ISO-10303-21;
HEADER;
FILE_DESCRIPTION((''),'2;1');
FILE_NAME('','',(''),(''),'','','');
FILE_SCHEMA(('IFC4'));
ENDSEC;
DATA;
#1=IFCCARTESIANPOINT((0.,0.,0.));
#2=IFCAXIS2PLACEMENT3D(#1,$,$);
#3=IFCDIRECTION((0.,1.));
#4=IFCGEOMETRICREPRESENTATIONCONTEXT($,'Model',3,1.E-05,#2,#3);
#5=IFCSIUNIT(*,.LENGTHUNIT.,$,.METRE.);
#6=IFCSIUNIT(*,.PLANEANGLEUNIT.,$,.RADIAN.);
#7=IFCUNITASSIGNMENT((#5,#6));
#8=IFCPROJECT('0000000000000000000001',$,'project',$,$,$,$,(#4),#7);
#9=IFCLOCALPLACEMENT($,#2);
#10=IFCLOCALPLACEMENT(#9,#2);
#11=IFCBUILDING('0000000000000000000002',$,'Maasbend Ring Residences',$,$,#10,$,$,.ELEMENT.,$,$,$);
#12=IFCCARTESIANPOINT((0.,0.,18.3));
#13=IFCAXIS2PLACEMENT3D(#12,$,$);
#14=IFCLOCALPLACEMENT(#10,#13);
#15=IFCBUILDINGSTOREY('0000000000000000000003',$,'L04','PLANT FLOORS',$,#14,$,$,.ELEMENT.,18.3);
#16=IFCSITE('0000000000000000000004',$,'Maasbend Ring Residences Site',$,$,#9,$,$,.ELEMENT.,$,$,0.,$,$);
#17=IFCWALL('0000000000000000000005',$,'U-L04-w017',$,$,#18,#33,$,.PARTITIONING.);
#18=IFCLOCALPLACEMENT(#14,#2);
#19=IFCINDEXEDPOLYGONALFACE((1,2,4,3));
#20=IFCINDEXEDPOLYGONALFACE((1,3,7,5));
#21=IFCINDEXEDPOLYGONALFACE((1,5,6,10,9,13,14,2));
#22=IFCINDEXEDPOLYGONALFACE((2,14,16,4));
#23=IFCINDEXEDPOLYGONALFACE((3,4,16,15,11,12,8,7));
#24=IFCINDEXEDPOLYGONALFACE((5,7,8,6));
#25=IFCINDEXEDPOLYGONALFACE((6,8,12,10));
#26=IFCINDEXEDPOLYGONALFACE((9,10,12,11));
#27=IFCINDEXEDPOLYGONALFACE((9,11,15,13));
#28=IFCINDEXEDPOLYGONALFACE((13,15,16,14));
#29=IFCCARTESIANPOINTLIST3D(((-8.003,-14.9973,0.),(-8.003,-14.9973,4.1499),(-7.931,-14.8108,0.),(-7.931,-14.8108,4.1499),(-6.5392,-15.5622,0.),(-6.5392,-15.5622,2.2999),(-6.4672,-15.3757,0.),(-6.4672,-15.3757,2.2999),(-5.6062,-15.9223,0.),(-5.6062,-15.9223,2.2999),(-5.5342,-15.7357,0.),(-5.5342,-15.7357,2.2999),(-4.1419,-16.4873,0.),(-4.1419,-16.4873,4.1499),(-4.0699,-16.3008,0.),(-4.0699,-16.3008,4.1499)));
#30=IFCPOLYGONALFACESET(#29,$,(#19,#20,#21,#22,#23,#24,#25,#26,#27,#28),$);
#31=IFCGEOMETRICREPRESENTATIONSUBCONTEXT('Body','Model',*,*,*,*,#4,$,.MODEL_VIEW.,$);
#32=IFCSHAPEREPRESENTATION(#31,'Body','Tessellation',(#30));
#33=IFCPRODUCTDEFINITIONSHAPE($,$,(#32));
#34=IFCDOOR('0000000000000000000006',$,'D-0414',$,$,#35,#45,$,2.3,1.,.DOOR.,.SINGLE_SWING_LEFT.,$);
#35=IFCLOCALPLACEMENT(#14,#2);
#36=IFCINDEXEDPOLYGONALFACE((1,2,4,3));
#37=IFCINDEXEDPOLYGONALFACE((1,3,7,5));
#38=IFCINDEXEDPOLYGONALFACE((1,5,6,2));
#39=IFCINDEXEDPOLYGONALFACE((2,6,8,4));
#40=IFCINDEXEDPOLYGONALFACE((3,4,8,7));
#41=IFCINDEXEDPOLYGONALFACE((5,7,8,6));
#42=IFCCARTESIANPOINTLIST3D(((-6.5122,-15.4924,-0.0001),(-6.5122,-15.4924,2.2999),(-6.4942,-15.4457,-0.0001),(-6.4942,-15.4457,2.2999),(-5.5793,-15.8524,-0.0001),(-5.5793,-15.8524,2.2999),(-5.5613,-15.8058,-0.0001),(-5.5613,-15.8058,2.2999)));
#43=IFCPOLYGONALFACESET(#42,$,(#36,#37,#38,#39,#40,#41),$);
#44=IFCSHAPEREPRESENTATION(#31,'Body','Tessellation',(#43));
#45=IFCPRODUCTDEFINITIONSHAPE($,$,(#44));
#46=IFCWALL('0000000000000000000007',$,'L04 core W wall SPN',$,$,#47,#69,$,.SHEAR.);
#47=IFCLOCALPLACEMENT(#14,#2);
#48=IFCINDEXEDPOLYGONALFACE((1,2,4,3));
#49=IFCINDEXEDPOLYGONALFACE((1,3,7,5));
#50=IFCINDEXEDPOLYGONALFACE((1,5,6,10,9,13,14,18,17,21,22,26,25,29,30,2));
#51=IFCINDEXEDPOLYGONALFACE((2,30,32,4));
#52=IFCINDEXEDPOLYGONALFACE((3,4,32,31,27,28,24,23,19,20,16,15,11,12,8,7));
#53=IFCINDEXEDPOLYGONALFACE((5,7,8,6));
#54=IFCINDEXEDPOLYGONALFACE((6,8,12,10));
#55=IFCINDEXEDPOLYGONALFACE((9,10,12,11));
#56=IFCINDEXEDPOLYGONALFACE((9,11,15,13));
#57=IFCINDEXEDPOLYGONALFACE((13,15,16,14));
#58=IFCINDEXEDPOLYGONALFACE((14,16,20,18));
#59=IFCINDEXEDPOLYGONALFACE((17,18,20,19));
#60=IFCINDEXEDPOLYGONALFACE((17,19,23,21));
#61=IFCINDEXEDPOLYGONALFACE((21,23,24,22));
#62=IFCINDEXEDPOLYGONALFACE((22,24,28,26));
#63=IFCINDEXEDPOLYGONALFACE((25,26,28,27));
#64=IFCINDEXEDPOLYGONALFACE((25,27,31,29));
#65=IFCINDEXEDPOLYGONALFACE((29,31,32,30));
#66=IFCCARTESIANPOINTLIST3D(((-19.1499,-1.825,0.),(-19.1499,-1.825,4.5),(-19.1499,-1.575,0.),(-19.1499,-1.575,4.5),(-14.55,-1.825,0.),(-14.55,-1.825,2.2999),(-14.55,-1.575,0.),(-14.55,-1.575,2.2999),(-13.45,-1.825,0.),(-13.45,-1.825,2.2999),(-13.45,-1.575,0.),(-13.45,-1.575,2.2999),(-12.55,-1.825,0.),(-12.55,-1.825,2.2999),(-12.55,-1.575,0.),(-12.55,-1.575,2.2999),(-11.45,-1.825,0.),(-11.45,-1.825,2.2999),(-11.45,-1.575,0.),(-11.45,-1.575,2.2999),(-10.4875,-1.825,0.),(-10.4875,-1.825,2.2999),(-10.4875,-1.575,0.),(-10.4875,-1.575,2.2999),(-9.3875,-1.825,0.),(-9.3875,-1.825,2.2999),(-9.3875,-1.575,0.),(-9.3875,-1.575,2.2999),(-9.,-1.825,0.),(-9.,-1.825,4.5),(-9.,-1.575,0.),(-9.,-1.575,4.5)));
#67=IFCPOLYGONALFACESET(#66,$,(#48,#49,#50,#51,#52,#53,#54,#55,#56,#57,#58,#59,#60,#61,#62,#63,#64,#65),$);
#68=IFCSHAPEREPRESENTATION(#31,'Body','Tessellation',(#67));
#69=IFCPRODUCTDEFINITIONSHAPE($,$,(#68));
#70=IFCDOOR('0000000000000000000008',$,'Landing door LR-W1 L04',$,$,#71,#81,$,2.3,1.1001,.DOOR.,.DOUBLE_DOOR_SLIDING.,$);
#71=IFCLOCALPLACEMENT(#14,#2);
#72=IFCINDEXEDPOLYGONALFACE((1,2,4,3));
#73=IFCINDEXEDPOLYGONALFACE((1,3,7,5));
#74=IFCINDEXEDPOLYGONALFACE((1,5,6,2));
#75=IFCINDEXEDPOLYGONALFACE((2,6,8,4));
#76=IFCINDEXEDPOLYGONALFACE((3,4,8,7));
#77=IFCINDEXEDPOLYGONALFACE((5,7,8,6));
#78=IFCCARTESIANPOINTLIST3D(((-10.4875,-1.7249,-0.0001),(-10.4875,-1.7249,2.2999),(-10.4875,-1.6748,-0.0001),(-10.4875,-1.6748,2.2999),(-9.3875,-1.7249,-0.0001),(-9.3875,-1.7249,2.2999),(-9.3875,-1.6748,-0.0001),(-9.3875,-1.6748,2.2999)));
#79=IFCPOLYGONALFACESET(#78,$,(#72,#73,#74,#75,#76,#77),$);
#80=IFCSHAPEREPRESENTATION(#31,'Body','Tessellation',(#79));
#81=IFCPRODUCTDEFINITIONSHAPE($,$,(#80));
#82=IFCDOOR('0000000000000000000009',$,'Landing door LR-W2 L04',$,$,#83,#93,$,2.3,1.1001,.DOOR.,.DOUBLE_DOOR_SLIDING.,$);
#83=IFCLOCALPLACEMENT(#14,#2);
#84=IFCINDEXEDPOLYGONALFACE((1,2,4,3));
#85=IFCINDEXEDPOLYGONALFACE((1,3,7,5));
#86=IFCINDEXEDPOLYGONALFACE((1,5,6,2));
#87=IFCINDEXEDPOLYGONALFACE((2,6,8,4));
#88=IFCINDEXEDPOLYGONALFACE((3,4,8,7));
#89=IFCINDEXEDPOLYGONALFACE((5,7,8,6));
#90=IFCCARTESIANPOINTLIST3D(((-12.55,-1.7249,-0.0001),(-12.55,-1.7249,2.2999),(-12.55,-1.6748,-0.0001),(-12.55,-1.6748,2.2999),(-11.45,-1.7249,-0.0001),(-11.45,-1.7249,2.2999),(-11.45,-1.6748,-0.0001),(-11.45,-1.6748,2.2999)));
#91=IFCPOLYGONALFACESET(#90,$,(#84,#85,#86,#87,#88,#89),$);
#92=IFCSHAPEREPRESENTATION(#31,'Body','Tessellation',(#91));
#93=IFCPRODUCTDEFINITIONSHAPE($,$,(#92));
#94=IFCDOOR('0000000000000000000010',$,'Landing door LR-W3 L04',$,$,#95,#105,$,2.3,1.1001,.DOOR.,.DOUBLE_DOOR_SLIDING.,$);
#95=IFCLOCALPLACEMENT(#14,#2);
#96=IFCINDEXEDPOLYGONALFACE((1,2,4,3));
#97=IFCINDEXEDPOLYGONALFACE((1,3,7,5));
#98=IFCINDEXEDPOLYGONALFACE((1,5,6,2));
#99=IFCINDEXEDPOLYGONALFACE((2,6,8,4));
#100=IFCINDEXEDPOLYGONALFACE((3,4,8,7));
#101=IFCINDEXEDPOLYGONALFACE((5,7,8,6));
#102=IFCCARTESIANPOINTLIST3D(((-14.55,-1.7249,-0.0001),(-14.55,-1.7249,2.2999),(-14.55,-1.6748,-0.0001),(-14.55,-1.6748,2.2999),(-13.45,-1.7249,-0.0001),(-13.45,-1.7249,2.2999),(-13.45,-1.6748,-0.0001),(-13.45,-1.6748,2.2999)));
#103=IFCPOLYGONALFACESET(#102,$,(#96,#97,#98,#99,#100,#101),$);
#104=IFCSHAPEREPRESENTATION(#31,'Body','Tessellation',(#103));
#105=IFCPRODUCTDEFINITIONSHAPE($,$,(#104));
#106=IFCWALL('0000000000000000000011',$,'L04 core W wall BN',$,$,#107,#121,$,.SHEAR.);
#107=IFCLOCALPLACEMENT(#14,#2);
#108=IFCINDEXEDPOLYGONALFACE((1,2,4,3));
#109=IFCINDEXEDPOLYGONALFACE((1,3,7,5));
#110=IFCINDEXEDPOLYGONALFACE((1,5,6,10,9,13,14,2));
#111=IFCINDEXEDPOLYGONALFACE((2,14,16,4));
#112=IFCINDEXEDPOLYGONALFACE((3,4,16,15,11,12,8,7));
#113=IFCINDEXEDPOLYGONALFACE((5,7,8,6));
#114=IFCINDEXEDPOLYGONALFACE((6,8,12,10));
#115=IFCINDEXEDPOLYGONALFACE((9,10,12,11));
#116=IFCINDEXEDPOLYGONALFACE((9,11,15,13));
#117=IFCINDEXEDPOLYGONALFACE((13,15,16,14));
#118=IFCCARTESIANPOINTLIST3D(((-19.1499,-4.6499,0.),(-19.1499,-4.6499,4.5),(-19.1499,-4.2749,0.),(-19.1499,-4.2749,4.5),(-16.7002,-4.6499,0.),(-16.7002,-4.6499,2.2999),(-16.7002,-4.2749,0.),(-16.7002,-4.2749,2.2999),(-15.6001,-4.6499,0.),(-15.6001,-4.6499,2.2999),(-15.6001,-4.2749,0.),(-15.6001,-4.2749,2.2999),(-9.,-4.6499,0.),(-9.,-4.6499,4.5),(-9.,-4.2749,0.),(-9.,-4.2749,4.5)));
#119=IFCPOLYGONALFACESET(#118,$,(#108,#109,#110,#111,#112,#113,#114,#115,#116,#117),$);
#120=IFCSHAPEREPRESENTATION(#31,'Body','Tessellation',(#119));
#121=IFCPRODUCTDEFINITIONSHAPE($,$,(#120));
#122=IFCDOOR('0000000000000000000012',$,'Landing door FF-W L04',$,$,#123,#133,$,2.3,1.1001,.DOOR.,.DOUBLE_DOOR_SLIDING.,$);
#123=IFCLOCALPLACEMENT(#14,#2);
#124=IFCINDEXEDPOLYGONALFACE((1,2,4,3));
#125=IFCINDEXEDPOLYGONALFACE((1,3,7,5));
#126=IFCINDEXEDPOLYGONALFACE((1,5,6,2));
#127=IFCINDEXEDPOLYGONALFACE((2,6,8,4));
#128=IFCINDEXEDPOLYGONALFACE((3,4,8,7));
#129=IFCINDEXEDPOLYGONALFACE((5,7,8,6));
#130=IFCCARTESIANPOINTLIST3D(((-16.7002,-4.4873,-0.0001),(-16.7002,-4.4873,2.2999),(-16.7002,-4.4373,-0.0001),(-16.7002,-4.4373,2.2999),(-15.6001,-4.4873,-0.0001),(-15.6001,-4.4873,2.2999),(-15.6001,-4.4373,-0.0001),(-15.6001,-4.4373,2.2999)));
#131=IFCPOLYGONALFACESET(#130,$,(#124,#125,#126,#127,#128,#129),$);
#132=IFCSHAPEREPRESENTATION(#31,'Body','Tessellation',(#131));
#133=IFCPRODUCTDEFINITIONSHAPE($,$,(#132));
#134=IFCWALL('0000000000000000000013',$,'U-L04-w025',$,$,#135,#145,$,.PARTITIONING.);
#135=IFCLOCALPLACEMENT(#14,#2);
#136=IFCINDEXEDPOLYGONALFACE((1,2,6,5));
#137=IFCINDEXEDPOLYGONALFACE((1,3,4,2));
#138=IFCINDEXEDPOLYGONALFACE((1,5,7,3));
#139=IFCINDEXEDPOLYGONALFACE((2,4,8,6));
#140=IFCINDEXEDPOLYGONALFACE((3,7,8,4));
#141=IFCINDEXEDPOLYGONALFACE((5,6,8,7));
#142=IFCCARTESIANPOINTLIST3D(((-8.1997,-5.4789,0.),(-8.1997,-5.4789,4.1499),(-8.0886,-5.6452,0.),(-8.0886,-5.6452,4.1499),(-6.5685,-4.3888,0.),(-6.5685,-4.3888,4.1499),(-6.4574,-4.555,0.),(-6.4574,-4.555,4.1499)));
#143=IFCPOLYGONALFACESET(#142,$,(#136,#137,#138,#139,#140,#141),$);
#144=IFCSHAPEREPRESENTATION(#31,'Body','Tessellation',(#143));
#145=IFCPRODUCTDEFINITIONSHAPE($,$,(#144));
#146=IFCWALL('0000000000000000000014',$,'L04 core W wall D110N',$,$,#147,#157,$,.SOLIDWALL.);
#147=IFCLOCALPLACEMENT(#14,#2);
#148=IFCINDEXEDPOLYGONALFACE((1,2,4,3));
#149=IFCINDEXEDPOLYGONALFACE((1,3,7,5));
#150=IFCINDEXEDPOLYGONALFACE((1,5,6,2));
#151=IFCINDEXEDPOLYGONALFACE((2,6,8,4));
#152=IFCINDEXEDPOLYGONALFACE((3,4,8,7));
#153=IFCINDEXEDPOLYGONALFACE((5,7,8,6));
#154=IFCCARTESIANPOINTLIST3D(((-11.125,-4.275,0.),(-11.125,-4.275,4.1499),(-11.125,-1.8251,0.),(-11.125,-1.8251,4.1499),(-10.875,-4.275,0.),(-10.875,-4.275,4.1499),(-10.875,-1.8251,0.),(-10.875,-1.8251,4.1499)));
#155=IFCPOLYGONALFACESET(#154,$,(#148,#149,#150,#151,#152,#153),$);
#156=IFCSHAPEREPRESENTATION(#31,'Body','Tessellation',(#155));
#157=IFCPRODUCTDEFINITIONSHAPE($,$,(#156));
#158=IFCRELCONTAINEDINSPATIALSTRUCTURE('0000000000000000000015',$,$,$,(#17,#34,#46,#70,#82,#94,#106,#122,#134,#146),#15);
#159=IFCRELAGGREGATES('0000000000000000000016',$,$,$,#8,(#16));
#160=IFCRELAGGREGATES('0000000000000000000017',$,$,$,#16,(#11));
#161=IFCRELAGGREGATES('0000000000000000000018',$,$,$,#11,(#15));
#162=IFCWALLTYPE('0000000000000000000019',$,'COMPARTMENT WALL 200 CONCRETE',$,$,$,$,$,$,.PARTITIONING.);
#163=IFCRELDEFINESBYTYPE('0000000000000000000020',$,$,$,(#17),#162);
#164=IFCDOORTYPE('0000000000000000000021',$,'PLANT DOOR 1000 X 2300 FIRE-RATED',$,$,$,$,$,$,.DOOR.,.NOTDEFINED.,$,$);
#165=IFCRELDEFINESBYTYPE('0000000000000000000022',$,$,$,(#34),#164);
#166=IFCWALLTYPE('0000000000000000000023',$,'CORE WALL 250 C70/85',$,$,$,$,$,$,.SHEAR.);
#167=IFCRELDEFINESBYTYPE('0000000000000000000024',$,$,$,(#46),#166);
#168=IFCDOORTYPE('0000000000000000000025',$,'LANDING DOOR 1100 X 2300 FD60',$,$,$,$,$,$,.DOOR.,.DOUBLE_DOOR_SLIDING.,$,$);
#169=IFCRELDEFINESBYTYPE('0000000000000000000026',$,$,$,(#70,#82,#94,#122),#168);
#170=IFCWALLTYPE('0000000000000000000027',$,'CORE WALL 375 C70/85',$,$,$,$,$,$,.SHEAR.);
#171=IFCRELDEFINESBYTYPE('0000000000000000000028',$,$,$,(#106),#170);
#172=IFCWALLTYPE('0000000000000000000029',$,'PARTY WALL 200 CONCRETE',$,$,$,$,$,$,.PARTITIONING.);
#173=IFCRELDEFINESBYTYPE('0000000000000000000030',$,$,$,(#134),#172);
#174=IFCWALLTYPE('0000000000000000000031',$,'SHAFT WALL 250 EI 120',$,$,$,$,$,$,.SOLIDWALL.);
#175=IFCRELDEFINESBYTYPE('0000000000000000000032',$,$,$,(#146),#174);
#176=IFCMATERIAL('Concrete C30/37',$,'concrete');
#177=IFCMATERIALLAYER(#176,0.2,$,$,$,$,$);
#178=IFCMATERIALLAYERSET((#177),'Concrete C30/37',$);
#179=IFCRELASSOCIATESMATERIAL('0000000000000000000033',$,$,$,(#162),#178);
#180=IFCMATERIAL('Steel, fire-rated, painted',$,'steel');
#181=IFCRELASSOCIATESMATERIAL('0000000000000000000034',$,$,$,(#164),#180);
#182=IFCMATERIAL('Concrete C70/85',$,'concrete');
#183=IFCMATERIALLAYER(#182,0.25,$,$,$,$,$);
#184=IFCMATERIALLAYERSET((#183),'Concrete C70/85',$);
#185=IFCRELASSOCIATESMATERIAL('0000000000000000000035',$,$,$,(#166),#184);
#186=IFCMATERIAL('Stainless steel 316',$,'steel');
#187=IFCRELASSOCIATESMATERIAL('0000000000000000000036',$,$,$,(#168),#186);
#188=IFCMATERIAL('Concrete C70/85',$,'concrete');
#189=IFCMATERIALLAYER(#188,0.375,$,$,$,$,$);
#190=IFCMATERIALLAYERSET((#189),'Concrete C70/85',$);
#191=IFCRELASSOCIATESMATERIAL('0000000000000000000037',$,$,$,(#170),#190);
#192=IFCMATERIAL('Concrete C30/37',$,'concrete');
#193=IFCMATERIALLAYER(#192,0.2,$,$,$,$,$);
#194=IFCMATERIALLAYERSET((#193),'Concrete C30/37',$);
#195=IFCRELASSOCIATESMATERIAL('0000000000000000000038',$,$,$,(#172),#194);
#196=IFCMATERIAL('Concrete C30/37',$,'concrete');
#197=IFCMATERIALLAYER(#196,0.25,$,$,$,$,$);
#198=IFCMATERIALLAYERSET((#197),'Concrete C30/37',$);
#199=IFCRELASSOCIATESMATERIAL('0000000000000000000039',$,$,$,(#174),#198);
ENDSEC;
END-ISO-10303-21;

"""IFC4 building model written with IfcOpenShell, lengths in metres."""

from ifc_helpers import new_model, si_unit, direction, frame, frame_2d, origin, place, context, subcontext, project, spatial, rectangle, extrude, material, layer, layer_set, type_object, element, fill, save


model = new_model("IFC4")

# Units and contexts
model_context = context("Model", 3, precision=1e-05, world=origin(), true_north=direction((0.0, 1.0)))
body_context = subcontext(model_context, "Body", "Model", "MODEL_VIEW")
ifc_project = project(units=[si_unit("LENGTHUNIT", "METRE"), si_unit("PLANEANGLEUNIT", "RADIAN")], contexts=[model_context])

# Site, building, storey
site_placement = place(None, origin())
site = spatial("IfcSite", under=ifc_project, at=site_placement, Name="Maasbend Ring Residences Site", CompositionType="ELEMENT", RefElevation=0.0)
building_placement = place(site_placement, origin())
building = spatial("IfcBuilding", under=site, at=building_placement, Name="Maasbend Ring Residences", CompositionType="ELEMENT")
storey_placement = place(building_placement, frame((0.0, 0.0, 18.3)))
storey = spatial("IfcBuildingStorey", under=building, at=storey_placement, Name="L04", Description="PLANT FLOORS", CompositionType="ELEMENT", Elevation=18.3)

# Wall, opening, door
ifc_material_1 = material(Name="Concrete C30/37", Category="concrete")
ifc_layer_1 = layer(ifc_material_1, 0.2)
ifc_layer_set_1 = layer_set([ifc_layer_1], Name="Concrete C30/37")
wall_type_1 = type_object("IfcWallType", Name="COMPARTMENT WALL 200 CONCRETE", PredefinedType="PARTITIONING", material=ifc_layer_set_1)
ifc_material_2 = material(Name="Steel, fire-rated, painted", Category="steel")
door_type_1 = type_object("IfcDoorType", Name="PLANT DOOR 1000 X 2300 FIRE-RATED", OperationType="NOTDEFINED", PredefinedType="DOOR", material=ifc_material_2)
wall_1_placement = place(storey_placement, frame((-7.967, -14.9041, 0.0), z_axis=(0.0, 0.0, 1.0), x_axis=(0.932944, -0.360022, 0.0)))
wall_1 = element("IfcWall", 1, at=wall_1_placement, inside=storey, type_object=wall_type_1, Name="U-L04-w017", PredefinedType="PARTITIONING", context=body_context, shape_type="SweptSolid", body=[
    extrude(rectangle(XDim=4.1387, YDim=0.2, at=frame_2d((2.0693, 0.0))), origin(), (0.0, 0.0, 1.0), 4.1499),
])
opening_1_placement = place(wall_1_placement, frame((1.5691, 0.0, 0.0)))
opening_1 = element("IfcOpeningElement", 2, at=opening_1_placement, cuts=wall_1, PredefinedType="OPENING", context=body_context, shape_type="SweptSolid", body=[
    extrude(rectangle(XDim=1.0, YDim=2.3, at=frame_2d((0.5, 1.1499))), frame((0.0, 0.1099, 0.0), z_axis=(0.0, -1.0, 0.0), x_axis=(1.0, 0.0, 0.0)), (0.0, 0.0, 1.0), 0.22),
])
door_1_placement = place(opening_1_placement, origin())
door_1 = element("IfcDoor", 3, at=door_1_placement, inside=storey, type_object=door_type_1, Name="D-0414", OperationType="SINGLE_SWING_LEFT", OverallHeight=2.3, OverallWidth=1.0, PredefinedType="DOOR", context=body_context, shape_type="SweptSolid", body=[
    extrude(rectangle(XDim=1.0, YDim=2.3, at=frame_2d((0.5, 1.1499))), frame((0.0, 0.0249, 0.0), z_axis=(0.0, -1.0, 0.0), x_axis=(1.0, 0.0, 0.0)), (0.0, 0.0, 1.0), 0.05),
])
fill(opening_1, door_1)

# Wall, openings, doors
ifc_material_3 = material(Name="Concrete C70/85", Category="concrete")
ifc_layer_2 = layer(ifc_material_3, 0.25)
ifc_layer_set_2 = layer_set([ifc_layer_2], Name="Concrete C70/85")
wall_type_2 = type_object("IfcWallType", Name="CORE WALL 250 C70/85", PredefinedType="SHEAR", material=ifc_layer_set_2)
wall_2_placement = place(storey_placement, frame((-9.0, -1.7, 0.0), z_axis=(0.0, 0.0, 1.0), x_axis=(-1.0, 0.0, 0.0)))
wall_2 = element("IfcWall", 4, at=wall_2_placement, inside=storey, type_object=wall_type_2, Name="L04 core W wall SPN", PredefinedType="SHEAR", context=body_context, shape_type="SweptSolid", body=[
    extrude(rectangle(XDim=10.1499, YDim=0.25, at=frame_2d((5.075, 0.0))), origin(), (0.0, 0.0, 1.0), 4.5),
])
opening_2_placement = place(wall_2_placement, frame((0.3875, 0.0, 0.0)))
opening_2 = element("IfcOpeningElement", 5, at=opening_2_placement, cuts=wall_2, PredefinedType="OPENING", context=body_context, shape_type="SweptSolid", body=[
    extrude(rectangle(XDim=1.1001, YDim=2.3, at=frame_2d((0.55, 1.1499))), frame((0.0, 0.135, 0.0), z_axis=(0.0, -1.0, 0.0), x_axis=(1.0, 0.0, 0.0)), (0.0, 0.0, 1.0), 0.27),
])
opening_3_placement = place(wall_2_placement, frame((2.45, 0.0, 0.0)))
opening_3 = element("IfcOpeningElement", 6, at=opening_3_placement, cuts=wall_2, PredefinedType="OPENING", context=body_context, shape_type="SweptSolid", body=[
    extrude(rectangle(XDim=1.1001, YDim=2.3, at=frame_2d((0.55, 1.1499))), frame((0.0, 0.135, 0.0), z_axis=(0.0, -1.0, 0.0), x_axis=(1.0, 0.0, 0.0)), (0.0, 0.0, 1.0), 0.27),
])
opening_4_placement = place(wall_2_placement, frame((4.45, 0.0, 0.0)))
opening_4 = element("IfcOpeningElement", 7, at=opening_4_placement, cuts=wall_2, PredefinedType="OPENING", context=body_context, shape_type="SweptSolid", body=[
    extrude(rectangle(XDim=1.1001, YDim=2.3, at=frame_2d((0.55, 1.1499))), frame((0.0, 0.135, 0.0), z_axis=(0.0, -1.0, 0.0), x_axis=(1.0, 0.0, 0.0)), (0.0, 0.0, 1.0), 0.27),
])
ifc_material_4 = material(Name="Stainless steel 316", Category="steel")
door_type_2 = type_object("IfcDoorType", Name="LANDING DOOR 1100 X 2300 FD60", OperationType="DOUBLE_DOOR_SLIDING", PredefinedType="DOOR", material=ifc_material_4)
door_2_placement = place(opening_2_placement, origin())
door_2 = element("IfcDoor", 8, at=door_2_placement, inside=storey, type_object=door_type_2, Name="Landing door LR-W1 L04", OperationType="DOUBLE_DOOR_SLIDING", OverallHeight=2.3, OverallWidth=1.1001, PredefinedType="DOOR", context=body_context, shape_type="SweptSolid", body=[
    extrude(rectangle(XDim=1.1001, YDim=2.3, at=frame_2d((0.55, 1.1499))), frame((0.0, 0.0249, 0.0), z_axis=(0.0, -1.0, 0.0), x_axis=(1.0, 0.0, 0.0)), (0.0, 0.0, 1.0), 0.05),
])
fill(opening_2, door_2)
door_3_placement = place(opening_3_placement, origin())
door_3 = element("IfcDoor", 9, at=door_3_placement, inside=storey, type_object=door_type_2, Name="Landing door LR-W2 L04", OperationType="DOUBLE_DOOR_SLIDING", OverallHeight=2.3, OverallWidth=1.1001, PredefinedType="DOOR", context=body_context, shape_type="SweptSolid", body=[
    extrude(rectangle(XDim=1.1001, YDim=2.3, at=frame_2d((0.55, 1.1499))), frame((0.0, 0.0249, 0.0), z_axis=(0.0, -1.0, 0.0), x_axis=(1.0, 0.0, 0.0)), (0.0, 0.0, 1.0), 0.05),
])
fill(opening_3, door_3)
door_4_placement = place(opening_4_placement, origin())
door_4 = element("IfcDoor", 10, at=door_4_placement, inside=storey, type_object=door_type_2, Name="Landing door LR-W3 L04", OperationType="DOUBLE_DOOR_SLIDING", OverallHeight=2.3, OverallWidth=1.1001, PredefinedType="DOOR", context=body_context, shape_type="SweptSolid", body=[
    extrude(rectangle(XDim=1.1001, YDim=2.3, at=frame_2d((0.55, 1.1499))), frame((0.0, 0.0249, 0.0), z_axis=(0.0, -1.0, 0.0), x_axis=(1.0, 0.0, 0.0)), (0.0, 0.0, 1.0), 0.05),
])
fill(opening_4, door_4)

# Wall, opening, door
ifc_material_5 = material(Name="Concrete C70/85", Category="concrete")
ifc_layer_3 = layer(ifc_material_5, 0.375)
ifc_layer_set_3 = layer_set([ifc_layer_3], Name="Concrete C70/85")
wall_type_3 = type_object("IfcWallType", Name="CORE WALL 375 C70/85", PredefinedType="SHEAR", material=ifc_layer_set_3)
wall_3_placement = place(storey_placement, frame((-9.0, -4.4624, 0.0), z_axis=(0.0, 0.0, 1.0), x_axis=(-1.0, 0.0, 0.0)))
wall_3 = element("IfcWall", 11, at=wall_3_placement, inside=storey, type_object=wall_type_3, Name="L04 core W wall BN", PredefinedType="SHEAR", context=body_context, shape_type="SweptSolid", body=[
    extrude(rectangle(XDim=10.1499, YDim=0.375, at=frame_2d((5.075, 0.0))), origin(), (0.0, 0.0, 1.0), 4.5),
])
opening_5_placement = place(wall_3_placement, frame((6.6001, 0.0, 0.0)))
opening_5 = element("IfcOpeningElement", 12, at=opening_5_placement, cuts=wall_3, PredefinedType="OPENING", context=body_context, shape_type="SweptSolid", body=[
    extrude(rectangle(XDim=1.1001, YDim=2.3, at=frame_2d((0.55, 1.1499))), frame((0.0, 0.1975, 0.0), z_axis=(0.0, -1.0, 0.0), x_axis=(1.0, 0.0, 0.0)), (0.0, 0.0, 1.0), 0.395),
])
door_5_placement = place(opening_5_placement, origin())
door_5 = element("IfcDoor", 13, at=door_5_placement, inside=storey, type_object=door_type_2, Name="Landing door FF-W L04", OperationType="DOUBLE_DOOR_SLIDING", OverallHeight=2.3, OverallWidth=1.1001, PredefinedType="DOOR", context=body_context, shape_type="SweptSolid", body=[
    extrude(rectangle(XDim=1.1001, YDim=2.3, at=frame_2d((0.55, 1.1499))), frame((0.0, 0.0249, 0.0), z_axis=(0.0, -1.0, 0.0), x_axis=(1.0, 0.0, 0.0)), (0.0, 0.0, 1.0), 0.05),
])
fill(opening_5, door_5)

# Walls
ifc_material_6 = material(Name="Concrete C30/37", Category="concrete")
ifc_layer_4 = layer(ifc_material_6, 0.2)
ifc_layer_set_4 = layer_set([ifc_layer_4], Name="Concrete C30/37")
wall_type_4 = type_object("IfcWallType", Name="PARTY WALL 200 CONCRETE", PredefinedType="PARTITIONING", material=ifc_layer_set_4)
wall_4_placement = place(storey_placement, frame((-6.5129, -4.4719, 0.0), z_axis=(0.0, 0.0, 1.0), x_axis=(-0.831418, -0.555648, 0.0)))
element("IfcWall", 14, at=wall_4_placement, inside=storey, type_object=wall_type_4, Name="U-L04-w025", PredefinedType="PARTITIONING", context=body_context, shape_type="SweptSolid", body=[
    extrude(rectangle(XDim=1.9619, YDim=0.2, at=frame_2d((0.981, 0.0))), origin(), (0.0, 0.0, 1.0), 4.1499),
])
ifc_material_7 = material(Name="Concrete C30/37", Category="concrete")
ifc_layer_5 = layer(ifc_material_7, 0.25)
ifc_layer_set_5 = layer_set([ifc_layer_5], Name="Concrete C30/37")
wall_type_5 = type_object("IfcWallType", Name="SHAFT WALL 250 EI 120", PredefinedType="SOLIDWALL", material=ifc_layer_set_5)
wall_5_placement = place(storey_placement, frame((-11.0, -1.825, 0.0), z_axis=(0.0, 0.0, 1.0), x_axis=(0.0, -1.0, 0.0)))
element("IfcWall", 15, at=wall_5_placement, inside=storey, type_object=wall_type_5, Name="L04 core W wall D110N", PredefinedType="SOLIDWALL", context=body_context, shape_type="SweptSolid", body=[
    extrude(rectangle(XDim=2.45, YDim=0.25, at=frame_2d((1.2251, 0.0))), origin(), (0.0, 0.0, 1.0), 4.1499),
])

save(model, "model.ifc")
